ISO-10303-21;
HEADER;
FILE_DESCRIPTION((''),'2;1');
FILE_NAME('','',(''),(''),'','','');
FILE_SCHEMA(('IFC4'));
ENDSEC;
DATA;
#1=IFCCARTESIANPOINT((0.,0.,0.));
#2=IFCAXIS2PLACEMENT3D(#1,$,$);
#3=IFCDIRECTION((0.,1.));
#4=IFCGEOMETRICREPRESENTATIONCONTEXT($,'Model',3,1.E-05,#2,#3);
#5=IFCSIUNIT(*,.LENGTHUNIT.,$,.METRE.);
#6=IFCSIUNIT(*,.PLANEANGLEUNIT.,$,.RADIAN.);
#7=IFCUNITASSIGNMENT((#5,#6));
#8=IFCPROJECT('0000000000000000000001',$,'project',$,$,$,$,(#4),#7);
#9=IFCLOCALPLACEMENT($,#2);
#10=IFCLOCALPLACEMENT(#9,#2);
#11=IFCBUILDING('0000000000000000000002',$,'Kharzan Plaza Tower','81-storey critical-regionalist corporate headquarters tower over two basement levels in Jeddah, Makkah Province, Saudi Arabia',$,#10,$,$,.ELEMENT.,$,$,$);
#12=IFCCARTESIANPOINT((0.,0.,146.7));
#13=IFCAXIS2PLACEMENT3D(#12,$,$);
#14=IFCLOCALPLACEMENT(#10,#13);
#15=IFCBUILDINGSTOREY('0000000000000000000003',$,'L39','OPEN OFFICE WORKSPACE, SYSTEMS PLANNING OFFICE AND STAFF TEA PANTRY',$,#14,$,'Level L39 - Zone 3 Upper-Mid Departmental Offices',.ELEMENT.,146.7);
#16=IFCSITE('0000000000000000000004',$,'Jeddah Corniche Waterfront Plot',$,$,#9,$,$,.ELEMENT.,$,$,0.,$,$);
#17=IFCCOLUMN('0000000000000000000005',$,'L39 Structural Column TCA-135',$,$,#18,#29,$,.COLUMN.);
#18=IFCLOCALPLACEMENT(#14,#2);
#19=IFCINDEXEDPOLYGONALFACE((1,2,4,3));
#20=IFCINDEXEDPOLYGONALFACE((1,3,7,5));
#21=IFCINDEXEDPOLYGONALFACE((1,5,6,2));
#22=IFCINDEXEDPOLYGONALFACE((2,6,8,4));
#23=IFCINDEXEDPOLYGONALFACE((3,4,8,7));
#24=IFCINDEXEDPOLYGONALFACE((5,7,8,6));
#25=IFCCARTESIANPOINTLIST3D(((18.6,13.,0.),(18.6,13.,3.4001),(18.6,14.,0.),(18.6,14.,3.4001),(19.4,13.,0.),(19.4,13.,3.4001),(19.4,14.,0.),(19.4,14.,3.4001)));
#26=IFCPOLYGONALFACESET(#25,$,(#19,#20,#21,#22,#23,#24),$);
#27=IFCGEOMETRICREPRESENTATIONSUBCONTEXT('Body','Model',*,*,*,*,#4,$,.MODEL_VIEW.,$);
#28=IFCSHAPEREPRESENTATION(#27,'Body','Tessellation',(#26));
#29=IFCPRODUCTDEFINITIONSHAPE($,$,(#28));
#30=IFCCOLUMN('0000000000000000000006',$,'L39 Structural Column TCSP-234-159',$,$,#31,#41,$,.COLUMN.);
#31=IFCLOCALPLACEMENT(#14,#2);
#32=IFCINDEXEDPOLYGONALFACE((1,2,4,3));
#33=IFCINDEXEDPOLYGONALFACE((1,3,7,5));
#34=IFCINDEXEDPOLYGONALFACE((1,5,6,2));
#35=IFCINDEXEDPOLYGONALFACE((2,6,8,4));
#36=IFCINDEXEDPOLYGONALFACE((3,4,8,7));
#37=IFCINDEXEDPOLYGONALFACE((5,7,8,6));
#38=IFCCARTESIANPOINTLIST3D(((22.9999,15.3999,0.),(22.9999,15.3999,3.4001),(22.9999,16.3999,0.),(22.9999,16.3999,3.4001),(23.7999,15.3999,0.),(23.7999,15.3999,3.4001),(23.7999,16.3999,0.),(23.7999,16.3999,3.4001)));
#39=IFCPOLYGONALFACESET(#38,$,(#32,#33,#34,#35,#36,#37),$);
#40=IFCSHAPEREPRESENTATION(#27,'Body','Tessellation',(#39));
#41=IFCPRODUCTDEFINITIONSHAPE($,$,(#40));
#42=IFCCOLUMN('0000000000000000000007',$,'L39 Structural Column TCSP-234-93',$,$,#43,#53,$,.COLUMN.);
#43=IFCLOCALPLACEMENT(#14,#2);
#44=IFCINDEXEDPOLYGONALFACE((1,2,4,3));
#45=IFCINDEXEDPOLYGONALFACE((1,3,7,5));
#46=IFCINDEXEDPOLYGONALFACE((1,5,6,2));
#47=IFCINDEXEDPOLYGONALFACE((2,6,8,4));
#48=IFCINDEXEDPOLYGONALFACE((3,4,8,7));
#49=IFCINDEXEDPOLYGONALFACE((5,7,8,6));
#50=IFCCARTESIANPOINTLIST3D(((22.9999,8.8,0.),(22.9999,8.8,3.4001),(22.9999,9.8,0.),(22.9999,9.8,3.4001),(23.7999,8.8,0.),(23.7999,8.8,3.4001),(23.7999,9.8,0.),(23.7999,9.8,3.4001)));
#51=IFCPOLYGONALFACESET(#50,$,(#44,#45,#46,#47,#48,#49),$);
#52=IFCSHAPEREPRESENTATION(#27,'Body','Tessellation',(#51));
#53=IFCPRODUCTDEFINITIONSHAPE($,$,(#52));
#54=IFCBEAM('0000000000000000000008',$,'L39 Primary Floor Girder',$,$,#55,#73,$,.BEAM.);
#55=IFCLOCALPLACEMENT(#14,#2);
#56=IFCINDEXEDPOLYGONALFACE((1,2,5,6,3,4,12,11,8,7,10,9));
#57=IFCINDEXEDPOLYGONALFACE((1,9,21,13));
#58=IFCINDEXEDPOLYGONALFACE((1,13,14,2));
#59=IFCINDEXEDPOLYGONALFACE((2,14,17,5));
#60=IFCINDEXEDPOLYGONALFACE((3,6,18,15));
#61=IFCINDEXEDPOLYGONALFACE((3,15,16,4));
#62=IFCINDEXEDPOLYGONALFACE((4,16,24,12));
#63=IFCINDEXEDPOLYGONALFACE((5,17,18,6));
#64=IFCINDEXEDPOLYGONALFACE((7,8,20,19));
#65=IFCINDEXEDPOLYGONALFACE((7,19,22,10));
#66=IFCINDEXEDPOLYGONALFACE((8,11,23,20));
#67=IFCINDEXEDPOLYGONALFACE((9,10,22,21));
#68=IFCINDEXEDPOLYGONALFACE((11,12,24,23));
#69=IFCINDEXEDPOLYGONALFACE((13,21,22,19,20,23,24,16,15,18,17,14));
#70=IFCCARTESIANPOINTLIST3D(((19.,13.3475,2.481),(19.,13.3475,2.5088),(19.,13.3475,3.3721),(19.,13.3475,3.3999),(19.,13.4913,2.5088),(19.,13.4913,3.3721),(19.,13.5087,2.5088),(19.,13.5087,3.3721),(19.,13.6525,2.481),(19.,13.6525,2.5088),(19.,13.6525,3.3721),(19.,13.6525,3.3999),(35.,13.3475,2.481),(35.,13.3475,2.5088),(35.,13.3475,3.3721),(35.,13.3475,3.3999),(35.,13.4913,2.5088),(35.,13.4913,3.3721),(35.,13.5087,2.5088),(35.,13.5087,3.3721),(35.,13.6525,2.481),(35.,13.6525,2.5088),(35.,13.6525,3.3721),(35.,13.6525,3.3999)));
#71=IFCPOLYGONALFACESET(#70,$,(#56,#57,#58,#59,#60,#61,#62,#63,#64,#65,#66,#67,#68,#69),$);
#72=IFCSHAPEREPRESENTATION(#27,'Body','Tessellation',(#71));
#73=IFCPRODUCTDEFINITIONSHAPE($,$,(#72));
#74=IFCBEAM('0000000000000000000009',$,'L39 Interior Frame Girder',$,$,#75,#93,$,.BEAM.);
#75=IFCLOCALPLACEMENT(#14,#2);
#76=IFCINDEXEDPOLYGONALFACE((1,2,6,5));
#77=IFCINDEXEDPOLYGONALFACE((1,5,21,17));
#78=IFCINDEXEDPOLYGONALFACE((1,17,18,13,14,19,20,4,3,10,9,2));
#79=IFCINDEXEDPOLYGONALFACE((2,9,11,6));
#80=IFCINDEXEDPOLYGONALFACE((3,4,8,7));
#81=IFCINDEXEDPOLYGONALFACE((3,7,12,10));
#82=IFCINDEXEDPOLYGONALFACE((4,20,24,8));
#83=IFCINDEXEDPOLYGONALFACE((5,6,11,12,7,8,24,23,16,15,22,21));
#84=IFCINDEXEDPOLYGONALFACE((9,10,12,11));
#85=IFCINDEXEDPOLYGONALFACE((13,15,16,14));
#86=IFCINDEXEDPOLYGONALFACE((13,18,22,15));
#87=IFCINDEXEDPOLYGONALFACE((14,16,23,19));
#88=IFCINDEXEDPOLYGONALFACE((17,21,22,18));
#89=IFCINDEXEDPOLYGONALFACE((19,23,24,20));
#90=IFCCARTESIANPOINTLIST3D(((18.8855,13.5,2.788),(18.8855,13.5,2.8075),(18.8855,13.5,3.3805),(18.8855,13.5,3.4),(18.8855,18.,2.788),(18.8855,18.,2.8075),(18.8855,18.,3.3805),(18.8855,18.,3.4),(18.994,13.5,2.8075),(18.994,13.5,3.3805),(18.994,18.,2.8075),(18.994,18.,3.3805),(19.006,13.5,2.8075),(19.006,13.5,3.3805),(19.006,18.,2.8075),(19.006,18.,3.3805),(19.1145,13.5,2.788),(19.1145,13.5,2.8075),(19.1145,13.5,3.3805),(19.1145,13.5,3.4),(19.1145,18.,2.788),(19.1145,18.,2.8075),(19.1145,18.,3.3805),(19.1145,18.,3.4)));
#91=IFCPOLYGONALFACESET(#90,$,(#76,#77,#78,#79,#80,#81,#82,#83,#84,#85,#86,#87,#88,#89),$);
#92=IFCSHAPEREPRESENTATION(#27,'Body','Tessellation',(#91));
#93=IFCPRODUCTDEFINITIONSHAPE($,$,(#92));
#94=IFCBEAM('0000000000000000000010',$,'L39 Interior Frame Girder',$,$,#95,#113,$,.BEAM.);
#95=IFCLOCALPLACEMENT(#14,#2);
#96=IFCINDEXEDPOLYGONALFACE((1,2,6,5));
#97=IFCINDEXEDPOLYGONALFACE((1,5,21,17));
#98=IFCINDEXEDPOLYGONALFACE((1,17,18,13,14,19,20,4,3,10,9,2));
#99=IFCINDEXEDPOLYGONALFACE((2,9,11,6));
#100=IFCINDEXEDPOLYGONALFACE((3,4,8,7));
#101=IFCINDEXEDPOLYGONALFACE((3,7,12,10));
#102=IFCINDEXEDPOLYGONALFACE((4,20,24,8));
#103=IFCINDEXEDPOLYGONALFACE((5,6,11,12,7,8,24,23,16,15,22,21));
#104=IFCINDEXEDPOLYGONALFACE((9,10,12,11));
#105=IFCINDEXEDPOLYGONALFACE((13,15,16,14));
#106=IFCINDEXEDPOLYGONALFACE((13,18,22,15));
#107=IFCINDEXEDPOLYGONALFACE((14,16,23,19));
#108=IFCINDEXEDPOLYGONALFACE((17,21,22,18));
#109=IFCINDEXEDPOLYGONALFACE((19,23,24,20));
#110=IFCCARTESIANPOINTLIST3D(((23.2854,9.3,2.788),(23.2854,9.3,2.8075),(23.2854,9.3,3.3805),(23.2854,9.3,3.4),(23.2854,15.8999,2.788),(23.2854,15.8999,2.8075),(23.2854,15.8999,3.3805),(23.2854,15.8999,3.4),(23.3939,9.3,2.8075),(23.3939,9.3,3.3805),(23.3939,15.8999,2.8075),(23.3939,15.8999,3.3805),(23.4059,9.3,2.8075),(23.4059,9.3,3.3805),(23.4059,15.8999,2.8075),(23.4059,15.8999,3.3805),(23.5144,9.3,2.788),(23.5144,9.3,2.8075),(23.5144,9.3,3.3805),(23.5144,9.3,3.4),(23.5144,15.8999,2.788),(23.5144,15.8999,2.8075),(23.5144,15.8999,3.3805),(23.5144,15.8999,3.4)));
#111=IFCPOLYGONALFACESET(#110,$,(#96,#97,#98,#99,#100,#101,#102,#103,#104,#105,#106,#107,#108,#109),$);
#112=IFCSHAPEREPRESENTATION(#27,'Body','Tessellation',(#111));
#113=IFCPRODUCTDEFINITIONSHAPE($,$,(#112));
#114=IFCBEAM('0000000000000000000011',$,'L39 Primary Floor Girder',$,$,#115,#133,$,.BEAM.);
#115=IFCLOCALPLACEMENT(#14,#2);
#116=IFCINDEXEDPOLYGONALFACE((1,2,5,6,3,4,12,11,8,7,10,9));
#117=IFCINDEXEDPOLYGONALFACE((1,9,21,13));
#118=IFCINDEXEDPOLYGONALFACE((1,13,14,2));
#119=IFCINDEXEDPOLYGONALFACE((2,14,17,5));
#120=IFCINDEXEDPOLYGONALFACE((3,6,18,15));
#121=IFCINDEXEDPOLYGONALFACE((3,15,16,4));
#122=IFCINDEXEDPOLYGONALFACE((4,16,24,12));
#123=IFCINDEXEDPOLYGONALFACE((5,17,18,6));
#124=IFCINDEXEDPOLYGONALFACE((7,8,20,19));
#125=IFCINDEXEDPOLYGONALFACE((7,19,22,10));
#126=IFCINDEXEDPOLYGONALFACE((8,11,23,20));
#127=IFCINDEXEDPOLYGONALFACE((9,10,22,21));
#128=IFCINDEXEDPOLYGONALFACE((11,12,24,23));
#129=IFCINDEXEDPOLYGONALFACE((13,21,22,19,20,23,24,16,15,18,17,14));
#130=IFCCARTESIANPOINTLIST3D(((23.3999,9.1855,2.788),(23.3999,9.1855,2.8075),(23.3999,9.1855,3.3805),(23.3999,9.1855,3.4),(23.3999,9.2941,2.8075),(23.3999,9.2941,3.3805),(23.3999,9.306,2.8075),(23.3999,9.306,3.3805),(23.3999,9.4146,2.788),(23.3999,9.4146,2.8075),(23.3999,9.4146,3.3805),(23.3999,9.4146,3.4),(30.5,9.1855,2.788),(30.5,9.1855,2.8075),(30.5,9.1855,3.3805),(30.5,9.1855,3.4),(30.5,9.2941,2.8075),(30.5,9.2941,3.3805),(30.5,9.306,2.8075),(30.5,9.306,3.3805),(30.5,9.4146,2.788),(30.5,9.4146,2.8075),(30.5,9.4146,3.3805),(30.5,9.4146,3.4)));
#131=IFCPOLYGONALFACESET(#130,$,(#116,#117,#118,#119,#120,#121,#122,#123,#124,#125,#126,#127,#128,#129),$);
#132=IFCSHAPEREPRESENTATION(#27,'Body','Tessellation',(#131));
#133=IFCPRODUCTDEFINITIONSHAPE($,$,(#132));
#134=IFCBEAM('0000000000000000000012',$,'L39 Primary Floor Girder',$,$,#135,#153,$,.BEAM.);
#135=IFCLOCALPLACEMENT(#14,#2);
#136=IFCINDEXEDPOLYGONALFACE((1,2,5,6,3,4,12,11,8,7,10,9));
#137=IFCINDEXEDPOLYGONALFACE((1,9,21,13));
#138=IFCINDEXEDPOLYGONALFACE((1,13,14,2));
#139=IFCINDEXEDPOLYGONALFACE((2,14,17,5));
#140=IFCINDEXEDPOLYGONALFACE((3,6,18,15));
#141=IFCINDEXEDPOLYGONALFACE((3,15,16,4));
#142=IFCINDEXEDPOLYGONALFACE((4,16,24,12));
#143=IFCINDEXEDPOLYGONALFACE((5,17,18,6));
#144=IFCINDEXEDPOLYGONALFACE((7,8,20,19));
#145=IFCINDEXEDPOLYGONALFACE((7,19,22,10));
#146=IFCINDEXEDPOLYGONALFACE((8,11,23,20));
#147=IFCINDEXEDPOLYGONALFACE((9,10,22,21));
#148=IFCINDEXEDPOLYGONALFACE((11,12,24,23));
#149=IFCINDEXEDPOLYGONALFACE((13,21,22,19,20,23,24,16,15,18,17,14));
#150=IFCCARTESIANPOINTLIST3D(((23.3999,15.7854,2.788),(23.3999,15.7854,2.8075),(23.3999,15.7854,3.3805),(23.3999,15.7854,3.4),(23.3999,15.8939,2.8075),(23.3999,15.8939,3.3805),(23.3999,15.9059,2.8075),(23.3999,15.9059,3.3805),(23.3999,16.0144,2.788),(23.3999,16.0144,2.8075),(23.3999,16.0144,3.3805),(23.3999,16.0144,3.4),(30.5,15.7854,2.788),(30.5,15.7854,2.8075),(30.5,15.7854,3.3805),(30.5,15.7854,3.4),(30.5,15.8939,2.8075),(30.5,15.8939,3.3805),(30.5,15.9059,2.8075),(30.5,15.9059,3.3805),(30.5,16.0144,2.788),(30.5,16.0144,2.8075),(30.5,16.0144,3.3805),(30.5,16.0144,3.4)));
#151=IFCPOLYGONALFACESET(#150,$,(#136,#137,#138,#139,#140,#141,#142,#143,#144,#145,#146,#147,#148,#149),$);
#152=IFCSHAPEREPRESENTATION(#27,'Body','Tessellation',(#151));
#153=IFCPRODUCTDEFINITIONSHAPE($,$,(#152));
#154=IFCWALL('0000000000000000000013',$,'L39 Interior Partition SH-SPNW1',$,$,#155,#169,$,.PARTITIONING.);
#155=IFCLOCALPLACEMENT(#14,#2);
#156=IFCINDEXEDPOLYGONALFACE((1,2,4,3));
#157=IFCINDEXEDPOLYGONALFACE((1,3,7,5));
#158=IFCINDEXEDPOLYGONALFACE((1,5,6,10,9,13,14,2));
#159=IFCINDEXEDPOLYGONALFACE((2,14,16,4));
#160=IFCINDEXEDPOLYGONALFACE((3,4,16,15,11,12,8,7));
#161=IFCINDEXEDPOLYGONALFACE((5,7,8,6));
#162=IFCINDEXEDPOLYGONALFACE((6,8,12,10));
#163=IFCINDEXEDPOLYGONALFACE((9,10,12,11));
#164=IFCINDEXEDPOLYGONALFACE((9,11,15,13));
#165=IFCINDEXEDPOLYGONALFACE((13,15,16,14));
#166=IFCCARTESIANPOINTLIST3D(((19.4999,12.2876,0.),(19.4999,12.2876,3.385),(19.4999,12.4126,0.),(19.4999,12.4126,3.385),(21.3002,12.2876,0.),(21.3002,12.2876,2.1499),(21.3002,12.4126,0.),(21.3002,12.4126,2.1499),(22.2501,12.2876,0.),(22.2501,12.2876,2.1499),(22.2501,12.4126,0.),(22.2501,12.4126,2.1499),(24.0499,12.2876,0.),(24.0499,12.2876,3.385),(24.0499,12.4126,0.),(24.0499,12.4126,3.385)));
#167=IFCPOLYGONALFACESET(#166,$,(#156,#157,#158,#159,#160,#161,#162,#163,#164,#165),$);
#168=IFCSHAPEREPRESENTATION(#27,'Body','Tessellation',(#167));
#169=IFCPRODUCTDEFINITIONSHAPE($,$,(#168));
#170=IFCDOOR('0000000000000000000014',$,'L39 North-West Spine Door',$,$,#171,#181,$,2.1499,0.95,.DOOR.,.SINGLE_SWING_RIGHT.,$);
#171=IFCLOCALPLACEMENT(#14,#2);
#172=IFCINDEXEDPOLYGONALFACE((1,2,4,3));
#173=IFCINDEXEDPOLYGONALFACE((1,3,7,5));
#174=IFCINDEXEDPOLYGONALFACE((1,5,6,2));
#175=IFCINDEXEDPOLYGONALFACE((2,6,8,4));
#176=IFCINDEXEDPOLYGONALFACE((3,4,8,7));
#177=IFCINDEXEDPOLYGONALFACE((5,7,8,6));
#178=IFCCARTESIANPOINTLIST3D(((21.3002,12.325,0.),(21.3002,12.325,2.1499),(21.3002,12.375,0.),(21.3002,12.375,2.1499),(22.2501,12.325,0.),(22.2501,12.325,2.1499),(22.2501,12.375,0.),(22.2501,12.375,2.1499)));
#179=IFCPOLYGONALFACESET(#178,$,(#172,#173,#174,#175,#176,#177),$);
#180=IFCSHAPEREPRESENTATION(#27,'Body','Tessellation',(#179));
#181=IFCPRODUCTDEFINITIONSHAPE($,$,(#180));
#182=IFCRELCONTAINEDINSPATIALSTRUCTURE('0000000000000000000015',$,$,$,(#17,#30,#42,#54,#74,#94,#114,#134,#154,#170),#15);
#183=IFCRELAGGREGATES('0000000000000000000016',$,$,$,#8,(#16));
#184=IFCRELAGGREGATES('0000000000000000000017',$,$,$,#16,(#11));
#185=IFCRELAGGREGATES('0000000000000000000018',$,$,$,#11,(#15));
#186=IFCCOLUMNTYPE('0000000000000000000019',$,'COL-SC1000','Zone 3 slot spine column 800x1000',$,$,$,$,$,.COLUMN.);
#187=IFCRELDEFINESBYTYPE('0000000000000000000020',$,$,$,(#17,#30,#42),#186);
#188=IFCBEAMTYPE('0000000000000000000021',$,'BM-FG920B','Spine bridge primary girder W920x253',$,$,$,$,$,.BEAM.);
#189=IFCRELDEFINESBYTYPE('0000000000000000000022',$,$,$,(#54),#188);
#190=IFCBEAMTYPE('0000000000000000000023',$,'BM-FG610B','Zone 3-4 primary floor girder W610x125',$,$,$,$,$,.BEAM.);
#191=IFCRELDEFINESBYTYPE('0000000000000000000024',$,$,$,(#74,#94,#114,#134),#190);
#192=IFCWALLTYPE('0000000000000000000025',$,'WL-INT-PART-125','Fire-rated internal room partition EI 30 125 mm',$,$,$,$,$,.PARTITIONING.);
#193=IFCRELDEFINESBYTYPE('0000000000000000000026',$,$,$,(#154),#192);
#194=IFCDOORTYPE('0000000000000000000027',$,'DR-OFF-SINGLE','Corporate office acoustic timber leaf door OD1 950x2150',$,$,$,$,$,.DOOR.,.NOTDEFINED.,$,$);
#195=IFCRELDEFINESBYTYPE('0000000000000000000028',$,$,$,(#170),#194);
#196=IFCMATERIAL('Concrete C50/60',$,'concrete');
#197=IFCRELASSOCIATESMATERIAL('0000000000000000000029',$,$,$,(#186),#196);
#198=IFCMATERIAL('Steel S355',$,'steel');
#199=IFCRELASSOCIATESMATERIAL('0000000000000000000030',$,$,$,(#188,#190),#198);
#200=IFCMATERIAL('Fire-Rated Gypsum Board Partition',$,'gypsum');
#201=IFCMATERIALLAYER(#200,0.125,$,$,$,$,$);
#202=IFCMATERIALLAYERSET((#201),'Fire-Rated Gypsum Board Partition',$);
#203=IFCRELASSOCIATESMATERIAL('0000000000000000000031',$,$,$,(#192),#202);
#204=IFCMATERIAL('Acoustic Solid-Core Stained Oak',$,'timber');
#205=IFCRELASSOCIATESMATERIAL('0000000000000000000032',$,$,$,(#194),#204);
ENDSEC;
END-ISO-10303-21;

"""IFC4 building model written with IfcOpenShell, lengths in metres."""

from ifc_helpers import new_model, si_unit, direction, frame, frame_2d, origin, origin_2d, place, context, subcontext, project, spatial, rectangle, i_section, extrude, source, transform, mapped, material, layer, layer_set, material_profile, profile_set, type_object, element, fill, save


model = new_model("IFC4")

# Units and contexts
model_context = context("Model", 3, precision=1e-05, world=origin(), true_north=direction((0.0, 1.0)))
body_context = subcontext(model_context, "Body", "Model", "MODEL_VIEW")
ifc_project = project(units=[si_unit("LENGTHUNIT", "METRE"), si_unit("PLANEANGLEUNIT", "RADIAN")], contexts=[model_context])

# Site, building, storey
site_placement = place(None, origin())
site = spatial("IfcSite", under=ifc_project, at=site_placement, Name="Jeddah Corniche Waterfront Plot", CompositionType="ELEMENT", RefElevation=0.0)
building_placement = place(site_placement, origin())
building = spatial("IfcBuilding", under=site, at=building_placement, Name="Kharzan Plaza Tower", Description="81-storey critical-regionalist corporate headquarters tower over two basement levels in Jeddah, Makkah Province, Saudi Arabia", CompositionType="ELEMENT")
storey_placement = place(building_placement, frame((0.0, 0.0, 146.7)))
storey = spatial("IfcBuildingStorey", under=building, at=storey_placement, Name="L39", Description="OPEN OFFICE WORKSPACE, SYSTEMS PLANNING OFFICE AND STAFF TEA PANTRY", LongName="Level L39 - Zone 3 Upper-Mid Departmental Offices", CompositionType="ELEMENT", Elevation=146.7)

# Columns
ifc_material_1 = material(Name="Concrete C50/60", Category="concrete")
ifc_material_profile_1 = material_profile(ifc_material_1, rectangle(XDim=0.8, YDim=1.0, at=origin_2d()), Name="RC-SC1000x800")
ifc_profile_set_1 = profile_set([ifc_material_profile_1], Name="Concrete C50/60")
column_type = type_object("IfcColumnType", Name="COL-SC1000", Description="Zone 3 slot spine column 800x1000", PredefinedType="COLUMN", material=ifc_profile_set_1)
shared_shape_1 = source(origin(), body_context, "Body", "SweptSolid", [
    extrude(rectangle(XDim=0.8, YDim=1.0, at=origin_2d()), origin(), (0.0, 0.0, 1.0), 3.4001),
])
for number, where, z_axis, x_axis, name in (
    (1, (19.0, 13.5, 0.0), (0.0, 0.0, 1.0), (1.0, 0.0, 0.0), "L39 Structural Column TCA-135"),
    (2, (23.3999, 15.8999, 0.0), (0.0, 0.0, 1.0), (1.0, 0.0, 0.0), "L39 Structural Column TCSP-234-159"),
    (3, (23.3999, 9.3, 0.0), (0.0, 0.0, 1.0), (1.0, 0.0, 0.0), "L39 Structural Column TCSP-234-93"),
):
    element("IfcColumn", number, at=place(storey_placement, frame(where, z_axis=z_axis, x_axis=x_axis)), inside=storey, type_object=column_type, Name=name, PredefinedType="COLUMN", context=body_context, shape_type="MappedRepresentation", body=[
        mapped(shared_shape_1, transform((0.0, 0.0, 0.0), x_axis=(1.0, 0.0, 0.0), y_axis=(0.0, 1.0, 0.0), z_axis=(0.0, 0.0, 1.0))),
    ])

# Beams
ifc_material_2 = material(Name="Steel S355", Category="steel")
ifc_material_profile_2 = material_profile(ifc_material_2, i_section(OverallWidth=0.3049, OverallDepth=0.9189, WebThickness=0.0173, FlangeThickness=0.0278, at=origin_2d()), Name="W920x253")
ifc_profile_set_2 = profile_set([ifc_material_profile_2], Name="Steel S355")
beam_type_1 = type_object("IfcBeamType", Name="BM-FG920B", Description="Spine bridge primary girder W920x253", PredefinedType="BEAM", material=ifc_profile_set_2)
shared_shape_2 = source(origin(), body_context, "Body", "SweptSolid", [
    extrude(i_section(OverallWidth=0.3049, OverallDepth=0.9189, WebThickness=0.0173, FlangeThickness=0.0278, at=origin_2d()), origin(), (0.0, 0.0, 1.0), 16.0),
])
beam_1_placement = place(storey_placement, frame((19.0, 13.5, 2.9404), z_axis=(1.0, 0.0, 0.0), x_axis=(0.0, 1.0, 0.0)))
element("IfcBeam", 4, at=beam_1_placement, inside=storey, type_object=beam_type_1, Name="L39 Primary Floor Girder", PredefinedType="BEAM", context=body_context, shape_type="MappedRepresentation", body=[
    mapped(shared_shape_2, transform((0.0, 0.0, 0.0), x_axis=(1.0, 0.0, 0.0), y_axis=(0.0, 1.0, 0.0), z_axis=(0.0, 0.0, 1.0))),
])
ifc_material_profile_3 = material_profile(ifc_material_2, i_section(OverallWidth=0.229, OverallDepth=0.6121, WebThickness=0.012, FlangeThickness=0.0195, at=origin_2d()), Name="W610x125")
ifc_profile_set_3 = profile_set([ifc_material_profile_3], Name="Steel S355")
beam_type_2 = type_object("IfcBeamType", Name="BM-FG610B", Description="Zone 3-4 primary floor girder W610x125", PredefinedType="BEAM", material=ifc_profile_set_3)
shared_shape_3 = source(origin(), body_context, "Body", "SweptSolid", [
    extrude(i_section(OverallWidth=0.229, OverallDepth=0.6121, WebThickness=0.012, FlangeThickness=0.0195, at=origin_2d()), origin(), (0.0, 0.0, 1.0), 4.5),
])
beam_2_placement = place(storey_placement, frame((19.0, 13.5, 3.094), z_axis=(0.0, 1.0, 0.0), x_axis=(-1.0, 0.0, 0.0)))
element("IfcBeam", 5, at=beam_2_placement, inside=storey, type_object=beam_type_2, Name="L39 Interior Frame Girder", PredefinedType="BEAM", context=body_context, shape_type="MappedRepresentation", body=[
    mapped(shared_shape_3, transform((0.0, 0.0, 0.0), x_axis=(1.0, 0.0, 0.0), y_axis=(0.0, 1.0, 0.0), z_axis=(0.0, 0.0, 1.0))),
])
shared_shape_4 = source(origin(), body_context, "Body", "SweptSolid", [
    extrude(i_section(OverallWidth=0.229, OverallDepth=0.6121, WebThickness=0.012, FlangeThickness=0.0195, at=origin_2d()), origin(), (0.0, 0.0, 1.0), 6.5999),
])
beam_3_placement = place(storey_placement, frame((23.3999, 9.3, 3.094), z_axis=(0.0, 1.0, 0.0), x_axis=(-1.0, 0.0, 0.0)))
element("IfcBeam", 6, at=beam_3_placement, inside=storey, type_object=beam_type_2, Name="L39 Interior Frame Girder", PredefinedType="BEAM", context=body_context, shape_type="MappedRepresentation", body=[
    mapped(shared_shape_4, transform((0.0, 0.0, 0.0), x_axis=(1.0, 0.0, 0.0), y_axis=(0.0, 1.0, 0.0), z_axis=(0.0, 0.0, 1.0))),
])
shared_shape_5 = source(origin(), body_context, "Body", "SweptSolid", [
    extrude(i_section(OverallWidth=0.229, OverallDepth=0.6121, WebThickness=0.012, FlangeThickness=0.0195, at=origin_2d()), origin(), (0.0, 0.0, 1.0), 7.1001),
])
for number, where, z_axis, x_axis, name in (
    (7, (23.3999, 9.3, 3.094), (1.0, 0.0, 0.0), (0.0, 1.0, 0.0), "L39 Primary Floor Girder"),
    (8, (23.3999, 15.8999, 3.094), (1.0, 0.0, 0.0), (0.0, 1.0, 0.0), "L39 Primary Floor Girder"),
):
    element("IfcBeam", number, at=place(storey_placement, frame(where, z_axis=z_axis, x_axis=x_axis)), inside=storey, type_object=beam_type_2, Name=name, PredefinedType="BEAM", context=body_context, shape_type="MappedRepresentation", body=[
        mapped(shared_shape_5, transform((0.0, 0.0, 0.0), x_axis=(1.0, 0.0, 0.0), y_axis=(0.0, 1.0, 0.0), z_axis=(0.0, 0.0, 1.0))),
    ])

# Wall, opening, door
ifc_material_3 = material(Name="Fire-Rated Gypsum Board Partition", Category="gypsum")
ifc_layer_1 = layer(ifc_material_3, 0.125)
ifc_layer_set_1 = layer_set([ifc_layer_1], Name="Fire-Rated Gypsum Board Partition")
wall_type_1 = type_object("IfcWallType", Name="WL-INT-PART-125", Description="Fire-rated internal room partition EI 30 125 mm", PredefinedType="PARTITIONING", material=ifc_layer_set_1)
wall_1_placement = place(storey_placement, frame((19.5, 12.3501, 0.0), z_axis=(0.0, 0.0, 1.0), x_axis=(1.0, 0.0, 0.0)))
wall_1 = element("IfcWall", 9, at=wall_1_placement, inside=storey, type_object=wall_type_1, Name="L39 Interior Partition SH-SPNW1", PredefinedType="PARTITIONING", context=body_context, shape_type="SweptSolid", body=[
    extrude(rectangle(XDim=4.55, YDim=0.125, at=frame_2d((2.2749, 0.0))), origin(), (0.0, 0.0, 1.0), 3.385),
])
opening_1_placement = place(wall_1_placement, frame((1.8, 0.0, 0.0)))
opening_1 = element("IfcOpeningElement", 10, at=opening_1_placement, cuts=wall_1, PredefinedType="OPENING", context=body_context, shape_type="SweptSolid", body=[
    extrude(rectangle(XDim=0.95, YDim=2.1499, at=frame_2d((0.4751, 1.075))), frame((0.0, 0.0725, 0.0), z_axis=(0.0, -1.0, 0.0), x_axis=(1.0, 0.0, 0.0)), (0.0, 0.0, 1.0), 0.145),
])
ifc_material_4 = material(Name="Acoustic Solid-Core Stained Oak", Category="timber")
door_type_1 = type_object("IfcDoorType", Name="DR-OFF-SINGLE", Description="Corporate office acoustic timber leaf door OD1 950x2150", OperationType="NOTDEFINED", PredefinedType="DOOR", material=ifc_material_4)
shared_shape_6 = source(origin(), body_context, "Body", "SweptSolid", [
    extrude(rectangle(XDim=0.95, YDim=2.1499, at=frame_2d((0.4751, 1.075))), frame((0.0, 0.0249, 0.0), z_axis=(0.0, -1.0, 0.0), x_axis=(1.0, 0.0, 0.0)), (0.0, 0.0, 1.0), 0.05),
])
door_1_placement = place(opening_1_placement, origin())
door_1 = element("IfcDoor", 11, at=door_1_placement, inside=storey, type_object=door_type_1, Name="L39 North-West Spine Door", OperationType="SINGLE_SWING_RIGHT", OverallHeight=2.1499, OverallWidth=0.95, PredefinedType="DOOR", context=body_context, shape_type="MappedRepresentation", body=[
    mapped(shared_shape_6, transform((0.0, 0.0, 0.0), x_axis=(1.0, 0.0, 0.0), y_axis=(0.0, 1.0, 0.0), z_axis=(0.0, 0.0, 1.0))),
])
fill(opening_1, door_1)

save(model, "model.ifc")
